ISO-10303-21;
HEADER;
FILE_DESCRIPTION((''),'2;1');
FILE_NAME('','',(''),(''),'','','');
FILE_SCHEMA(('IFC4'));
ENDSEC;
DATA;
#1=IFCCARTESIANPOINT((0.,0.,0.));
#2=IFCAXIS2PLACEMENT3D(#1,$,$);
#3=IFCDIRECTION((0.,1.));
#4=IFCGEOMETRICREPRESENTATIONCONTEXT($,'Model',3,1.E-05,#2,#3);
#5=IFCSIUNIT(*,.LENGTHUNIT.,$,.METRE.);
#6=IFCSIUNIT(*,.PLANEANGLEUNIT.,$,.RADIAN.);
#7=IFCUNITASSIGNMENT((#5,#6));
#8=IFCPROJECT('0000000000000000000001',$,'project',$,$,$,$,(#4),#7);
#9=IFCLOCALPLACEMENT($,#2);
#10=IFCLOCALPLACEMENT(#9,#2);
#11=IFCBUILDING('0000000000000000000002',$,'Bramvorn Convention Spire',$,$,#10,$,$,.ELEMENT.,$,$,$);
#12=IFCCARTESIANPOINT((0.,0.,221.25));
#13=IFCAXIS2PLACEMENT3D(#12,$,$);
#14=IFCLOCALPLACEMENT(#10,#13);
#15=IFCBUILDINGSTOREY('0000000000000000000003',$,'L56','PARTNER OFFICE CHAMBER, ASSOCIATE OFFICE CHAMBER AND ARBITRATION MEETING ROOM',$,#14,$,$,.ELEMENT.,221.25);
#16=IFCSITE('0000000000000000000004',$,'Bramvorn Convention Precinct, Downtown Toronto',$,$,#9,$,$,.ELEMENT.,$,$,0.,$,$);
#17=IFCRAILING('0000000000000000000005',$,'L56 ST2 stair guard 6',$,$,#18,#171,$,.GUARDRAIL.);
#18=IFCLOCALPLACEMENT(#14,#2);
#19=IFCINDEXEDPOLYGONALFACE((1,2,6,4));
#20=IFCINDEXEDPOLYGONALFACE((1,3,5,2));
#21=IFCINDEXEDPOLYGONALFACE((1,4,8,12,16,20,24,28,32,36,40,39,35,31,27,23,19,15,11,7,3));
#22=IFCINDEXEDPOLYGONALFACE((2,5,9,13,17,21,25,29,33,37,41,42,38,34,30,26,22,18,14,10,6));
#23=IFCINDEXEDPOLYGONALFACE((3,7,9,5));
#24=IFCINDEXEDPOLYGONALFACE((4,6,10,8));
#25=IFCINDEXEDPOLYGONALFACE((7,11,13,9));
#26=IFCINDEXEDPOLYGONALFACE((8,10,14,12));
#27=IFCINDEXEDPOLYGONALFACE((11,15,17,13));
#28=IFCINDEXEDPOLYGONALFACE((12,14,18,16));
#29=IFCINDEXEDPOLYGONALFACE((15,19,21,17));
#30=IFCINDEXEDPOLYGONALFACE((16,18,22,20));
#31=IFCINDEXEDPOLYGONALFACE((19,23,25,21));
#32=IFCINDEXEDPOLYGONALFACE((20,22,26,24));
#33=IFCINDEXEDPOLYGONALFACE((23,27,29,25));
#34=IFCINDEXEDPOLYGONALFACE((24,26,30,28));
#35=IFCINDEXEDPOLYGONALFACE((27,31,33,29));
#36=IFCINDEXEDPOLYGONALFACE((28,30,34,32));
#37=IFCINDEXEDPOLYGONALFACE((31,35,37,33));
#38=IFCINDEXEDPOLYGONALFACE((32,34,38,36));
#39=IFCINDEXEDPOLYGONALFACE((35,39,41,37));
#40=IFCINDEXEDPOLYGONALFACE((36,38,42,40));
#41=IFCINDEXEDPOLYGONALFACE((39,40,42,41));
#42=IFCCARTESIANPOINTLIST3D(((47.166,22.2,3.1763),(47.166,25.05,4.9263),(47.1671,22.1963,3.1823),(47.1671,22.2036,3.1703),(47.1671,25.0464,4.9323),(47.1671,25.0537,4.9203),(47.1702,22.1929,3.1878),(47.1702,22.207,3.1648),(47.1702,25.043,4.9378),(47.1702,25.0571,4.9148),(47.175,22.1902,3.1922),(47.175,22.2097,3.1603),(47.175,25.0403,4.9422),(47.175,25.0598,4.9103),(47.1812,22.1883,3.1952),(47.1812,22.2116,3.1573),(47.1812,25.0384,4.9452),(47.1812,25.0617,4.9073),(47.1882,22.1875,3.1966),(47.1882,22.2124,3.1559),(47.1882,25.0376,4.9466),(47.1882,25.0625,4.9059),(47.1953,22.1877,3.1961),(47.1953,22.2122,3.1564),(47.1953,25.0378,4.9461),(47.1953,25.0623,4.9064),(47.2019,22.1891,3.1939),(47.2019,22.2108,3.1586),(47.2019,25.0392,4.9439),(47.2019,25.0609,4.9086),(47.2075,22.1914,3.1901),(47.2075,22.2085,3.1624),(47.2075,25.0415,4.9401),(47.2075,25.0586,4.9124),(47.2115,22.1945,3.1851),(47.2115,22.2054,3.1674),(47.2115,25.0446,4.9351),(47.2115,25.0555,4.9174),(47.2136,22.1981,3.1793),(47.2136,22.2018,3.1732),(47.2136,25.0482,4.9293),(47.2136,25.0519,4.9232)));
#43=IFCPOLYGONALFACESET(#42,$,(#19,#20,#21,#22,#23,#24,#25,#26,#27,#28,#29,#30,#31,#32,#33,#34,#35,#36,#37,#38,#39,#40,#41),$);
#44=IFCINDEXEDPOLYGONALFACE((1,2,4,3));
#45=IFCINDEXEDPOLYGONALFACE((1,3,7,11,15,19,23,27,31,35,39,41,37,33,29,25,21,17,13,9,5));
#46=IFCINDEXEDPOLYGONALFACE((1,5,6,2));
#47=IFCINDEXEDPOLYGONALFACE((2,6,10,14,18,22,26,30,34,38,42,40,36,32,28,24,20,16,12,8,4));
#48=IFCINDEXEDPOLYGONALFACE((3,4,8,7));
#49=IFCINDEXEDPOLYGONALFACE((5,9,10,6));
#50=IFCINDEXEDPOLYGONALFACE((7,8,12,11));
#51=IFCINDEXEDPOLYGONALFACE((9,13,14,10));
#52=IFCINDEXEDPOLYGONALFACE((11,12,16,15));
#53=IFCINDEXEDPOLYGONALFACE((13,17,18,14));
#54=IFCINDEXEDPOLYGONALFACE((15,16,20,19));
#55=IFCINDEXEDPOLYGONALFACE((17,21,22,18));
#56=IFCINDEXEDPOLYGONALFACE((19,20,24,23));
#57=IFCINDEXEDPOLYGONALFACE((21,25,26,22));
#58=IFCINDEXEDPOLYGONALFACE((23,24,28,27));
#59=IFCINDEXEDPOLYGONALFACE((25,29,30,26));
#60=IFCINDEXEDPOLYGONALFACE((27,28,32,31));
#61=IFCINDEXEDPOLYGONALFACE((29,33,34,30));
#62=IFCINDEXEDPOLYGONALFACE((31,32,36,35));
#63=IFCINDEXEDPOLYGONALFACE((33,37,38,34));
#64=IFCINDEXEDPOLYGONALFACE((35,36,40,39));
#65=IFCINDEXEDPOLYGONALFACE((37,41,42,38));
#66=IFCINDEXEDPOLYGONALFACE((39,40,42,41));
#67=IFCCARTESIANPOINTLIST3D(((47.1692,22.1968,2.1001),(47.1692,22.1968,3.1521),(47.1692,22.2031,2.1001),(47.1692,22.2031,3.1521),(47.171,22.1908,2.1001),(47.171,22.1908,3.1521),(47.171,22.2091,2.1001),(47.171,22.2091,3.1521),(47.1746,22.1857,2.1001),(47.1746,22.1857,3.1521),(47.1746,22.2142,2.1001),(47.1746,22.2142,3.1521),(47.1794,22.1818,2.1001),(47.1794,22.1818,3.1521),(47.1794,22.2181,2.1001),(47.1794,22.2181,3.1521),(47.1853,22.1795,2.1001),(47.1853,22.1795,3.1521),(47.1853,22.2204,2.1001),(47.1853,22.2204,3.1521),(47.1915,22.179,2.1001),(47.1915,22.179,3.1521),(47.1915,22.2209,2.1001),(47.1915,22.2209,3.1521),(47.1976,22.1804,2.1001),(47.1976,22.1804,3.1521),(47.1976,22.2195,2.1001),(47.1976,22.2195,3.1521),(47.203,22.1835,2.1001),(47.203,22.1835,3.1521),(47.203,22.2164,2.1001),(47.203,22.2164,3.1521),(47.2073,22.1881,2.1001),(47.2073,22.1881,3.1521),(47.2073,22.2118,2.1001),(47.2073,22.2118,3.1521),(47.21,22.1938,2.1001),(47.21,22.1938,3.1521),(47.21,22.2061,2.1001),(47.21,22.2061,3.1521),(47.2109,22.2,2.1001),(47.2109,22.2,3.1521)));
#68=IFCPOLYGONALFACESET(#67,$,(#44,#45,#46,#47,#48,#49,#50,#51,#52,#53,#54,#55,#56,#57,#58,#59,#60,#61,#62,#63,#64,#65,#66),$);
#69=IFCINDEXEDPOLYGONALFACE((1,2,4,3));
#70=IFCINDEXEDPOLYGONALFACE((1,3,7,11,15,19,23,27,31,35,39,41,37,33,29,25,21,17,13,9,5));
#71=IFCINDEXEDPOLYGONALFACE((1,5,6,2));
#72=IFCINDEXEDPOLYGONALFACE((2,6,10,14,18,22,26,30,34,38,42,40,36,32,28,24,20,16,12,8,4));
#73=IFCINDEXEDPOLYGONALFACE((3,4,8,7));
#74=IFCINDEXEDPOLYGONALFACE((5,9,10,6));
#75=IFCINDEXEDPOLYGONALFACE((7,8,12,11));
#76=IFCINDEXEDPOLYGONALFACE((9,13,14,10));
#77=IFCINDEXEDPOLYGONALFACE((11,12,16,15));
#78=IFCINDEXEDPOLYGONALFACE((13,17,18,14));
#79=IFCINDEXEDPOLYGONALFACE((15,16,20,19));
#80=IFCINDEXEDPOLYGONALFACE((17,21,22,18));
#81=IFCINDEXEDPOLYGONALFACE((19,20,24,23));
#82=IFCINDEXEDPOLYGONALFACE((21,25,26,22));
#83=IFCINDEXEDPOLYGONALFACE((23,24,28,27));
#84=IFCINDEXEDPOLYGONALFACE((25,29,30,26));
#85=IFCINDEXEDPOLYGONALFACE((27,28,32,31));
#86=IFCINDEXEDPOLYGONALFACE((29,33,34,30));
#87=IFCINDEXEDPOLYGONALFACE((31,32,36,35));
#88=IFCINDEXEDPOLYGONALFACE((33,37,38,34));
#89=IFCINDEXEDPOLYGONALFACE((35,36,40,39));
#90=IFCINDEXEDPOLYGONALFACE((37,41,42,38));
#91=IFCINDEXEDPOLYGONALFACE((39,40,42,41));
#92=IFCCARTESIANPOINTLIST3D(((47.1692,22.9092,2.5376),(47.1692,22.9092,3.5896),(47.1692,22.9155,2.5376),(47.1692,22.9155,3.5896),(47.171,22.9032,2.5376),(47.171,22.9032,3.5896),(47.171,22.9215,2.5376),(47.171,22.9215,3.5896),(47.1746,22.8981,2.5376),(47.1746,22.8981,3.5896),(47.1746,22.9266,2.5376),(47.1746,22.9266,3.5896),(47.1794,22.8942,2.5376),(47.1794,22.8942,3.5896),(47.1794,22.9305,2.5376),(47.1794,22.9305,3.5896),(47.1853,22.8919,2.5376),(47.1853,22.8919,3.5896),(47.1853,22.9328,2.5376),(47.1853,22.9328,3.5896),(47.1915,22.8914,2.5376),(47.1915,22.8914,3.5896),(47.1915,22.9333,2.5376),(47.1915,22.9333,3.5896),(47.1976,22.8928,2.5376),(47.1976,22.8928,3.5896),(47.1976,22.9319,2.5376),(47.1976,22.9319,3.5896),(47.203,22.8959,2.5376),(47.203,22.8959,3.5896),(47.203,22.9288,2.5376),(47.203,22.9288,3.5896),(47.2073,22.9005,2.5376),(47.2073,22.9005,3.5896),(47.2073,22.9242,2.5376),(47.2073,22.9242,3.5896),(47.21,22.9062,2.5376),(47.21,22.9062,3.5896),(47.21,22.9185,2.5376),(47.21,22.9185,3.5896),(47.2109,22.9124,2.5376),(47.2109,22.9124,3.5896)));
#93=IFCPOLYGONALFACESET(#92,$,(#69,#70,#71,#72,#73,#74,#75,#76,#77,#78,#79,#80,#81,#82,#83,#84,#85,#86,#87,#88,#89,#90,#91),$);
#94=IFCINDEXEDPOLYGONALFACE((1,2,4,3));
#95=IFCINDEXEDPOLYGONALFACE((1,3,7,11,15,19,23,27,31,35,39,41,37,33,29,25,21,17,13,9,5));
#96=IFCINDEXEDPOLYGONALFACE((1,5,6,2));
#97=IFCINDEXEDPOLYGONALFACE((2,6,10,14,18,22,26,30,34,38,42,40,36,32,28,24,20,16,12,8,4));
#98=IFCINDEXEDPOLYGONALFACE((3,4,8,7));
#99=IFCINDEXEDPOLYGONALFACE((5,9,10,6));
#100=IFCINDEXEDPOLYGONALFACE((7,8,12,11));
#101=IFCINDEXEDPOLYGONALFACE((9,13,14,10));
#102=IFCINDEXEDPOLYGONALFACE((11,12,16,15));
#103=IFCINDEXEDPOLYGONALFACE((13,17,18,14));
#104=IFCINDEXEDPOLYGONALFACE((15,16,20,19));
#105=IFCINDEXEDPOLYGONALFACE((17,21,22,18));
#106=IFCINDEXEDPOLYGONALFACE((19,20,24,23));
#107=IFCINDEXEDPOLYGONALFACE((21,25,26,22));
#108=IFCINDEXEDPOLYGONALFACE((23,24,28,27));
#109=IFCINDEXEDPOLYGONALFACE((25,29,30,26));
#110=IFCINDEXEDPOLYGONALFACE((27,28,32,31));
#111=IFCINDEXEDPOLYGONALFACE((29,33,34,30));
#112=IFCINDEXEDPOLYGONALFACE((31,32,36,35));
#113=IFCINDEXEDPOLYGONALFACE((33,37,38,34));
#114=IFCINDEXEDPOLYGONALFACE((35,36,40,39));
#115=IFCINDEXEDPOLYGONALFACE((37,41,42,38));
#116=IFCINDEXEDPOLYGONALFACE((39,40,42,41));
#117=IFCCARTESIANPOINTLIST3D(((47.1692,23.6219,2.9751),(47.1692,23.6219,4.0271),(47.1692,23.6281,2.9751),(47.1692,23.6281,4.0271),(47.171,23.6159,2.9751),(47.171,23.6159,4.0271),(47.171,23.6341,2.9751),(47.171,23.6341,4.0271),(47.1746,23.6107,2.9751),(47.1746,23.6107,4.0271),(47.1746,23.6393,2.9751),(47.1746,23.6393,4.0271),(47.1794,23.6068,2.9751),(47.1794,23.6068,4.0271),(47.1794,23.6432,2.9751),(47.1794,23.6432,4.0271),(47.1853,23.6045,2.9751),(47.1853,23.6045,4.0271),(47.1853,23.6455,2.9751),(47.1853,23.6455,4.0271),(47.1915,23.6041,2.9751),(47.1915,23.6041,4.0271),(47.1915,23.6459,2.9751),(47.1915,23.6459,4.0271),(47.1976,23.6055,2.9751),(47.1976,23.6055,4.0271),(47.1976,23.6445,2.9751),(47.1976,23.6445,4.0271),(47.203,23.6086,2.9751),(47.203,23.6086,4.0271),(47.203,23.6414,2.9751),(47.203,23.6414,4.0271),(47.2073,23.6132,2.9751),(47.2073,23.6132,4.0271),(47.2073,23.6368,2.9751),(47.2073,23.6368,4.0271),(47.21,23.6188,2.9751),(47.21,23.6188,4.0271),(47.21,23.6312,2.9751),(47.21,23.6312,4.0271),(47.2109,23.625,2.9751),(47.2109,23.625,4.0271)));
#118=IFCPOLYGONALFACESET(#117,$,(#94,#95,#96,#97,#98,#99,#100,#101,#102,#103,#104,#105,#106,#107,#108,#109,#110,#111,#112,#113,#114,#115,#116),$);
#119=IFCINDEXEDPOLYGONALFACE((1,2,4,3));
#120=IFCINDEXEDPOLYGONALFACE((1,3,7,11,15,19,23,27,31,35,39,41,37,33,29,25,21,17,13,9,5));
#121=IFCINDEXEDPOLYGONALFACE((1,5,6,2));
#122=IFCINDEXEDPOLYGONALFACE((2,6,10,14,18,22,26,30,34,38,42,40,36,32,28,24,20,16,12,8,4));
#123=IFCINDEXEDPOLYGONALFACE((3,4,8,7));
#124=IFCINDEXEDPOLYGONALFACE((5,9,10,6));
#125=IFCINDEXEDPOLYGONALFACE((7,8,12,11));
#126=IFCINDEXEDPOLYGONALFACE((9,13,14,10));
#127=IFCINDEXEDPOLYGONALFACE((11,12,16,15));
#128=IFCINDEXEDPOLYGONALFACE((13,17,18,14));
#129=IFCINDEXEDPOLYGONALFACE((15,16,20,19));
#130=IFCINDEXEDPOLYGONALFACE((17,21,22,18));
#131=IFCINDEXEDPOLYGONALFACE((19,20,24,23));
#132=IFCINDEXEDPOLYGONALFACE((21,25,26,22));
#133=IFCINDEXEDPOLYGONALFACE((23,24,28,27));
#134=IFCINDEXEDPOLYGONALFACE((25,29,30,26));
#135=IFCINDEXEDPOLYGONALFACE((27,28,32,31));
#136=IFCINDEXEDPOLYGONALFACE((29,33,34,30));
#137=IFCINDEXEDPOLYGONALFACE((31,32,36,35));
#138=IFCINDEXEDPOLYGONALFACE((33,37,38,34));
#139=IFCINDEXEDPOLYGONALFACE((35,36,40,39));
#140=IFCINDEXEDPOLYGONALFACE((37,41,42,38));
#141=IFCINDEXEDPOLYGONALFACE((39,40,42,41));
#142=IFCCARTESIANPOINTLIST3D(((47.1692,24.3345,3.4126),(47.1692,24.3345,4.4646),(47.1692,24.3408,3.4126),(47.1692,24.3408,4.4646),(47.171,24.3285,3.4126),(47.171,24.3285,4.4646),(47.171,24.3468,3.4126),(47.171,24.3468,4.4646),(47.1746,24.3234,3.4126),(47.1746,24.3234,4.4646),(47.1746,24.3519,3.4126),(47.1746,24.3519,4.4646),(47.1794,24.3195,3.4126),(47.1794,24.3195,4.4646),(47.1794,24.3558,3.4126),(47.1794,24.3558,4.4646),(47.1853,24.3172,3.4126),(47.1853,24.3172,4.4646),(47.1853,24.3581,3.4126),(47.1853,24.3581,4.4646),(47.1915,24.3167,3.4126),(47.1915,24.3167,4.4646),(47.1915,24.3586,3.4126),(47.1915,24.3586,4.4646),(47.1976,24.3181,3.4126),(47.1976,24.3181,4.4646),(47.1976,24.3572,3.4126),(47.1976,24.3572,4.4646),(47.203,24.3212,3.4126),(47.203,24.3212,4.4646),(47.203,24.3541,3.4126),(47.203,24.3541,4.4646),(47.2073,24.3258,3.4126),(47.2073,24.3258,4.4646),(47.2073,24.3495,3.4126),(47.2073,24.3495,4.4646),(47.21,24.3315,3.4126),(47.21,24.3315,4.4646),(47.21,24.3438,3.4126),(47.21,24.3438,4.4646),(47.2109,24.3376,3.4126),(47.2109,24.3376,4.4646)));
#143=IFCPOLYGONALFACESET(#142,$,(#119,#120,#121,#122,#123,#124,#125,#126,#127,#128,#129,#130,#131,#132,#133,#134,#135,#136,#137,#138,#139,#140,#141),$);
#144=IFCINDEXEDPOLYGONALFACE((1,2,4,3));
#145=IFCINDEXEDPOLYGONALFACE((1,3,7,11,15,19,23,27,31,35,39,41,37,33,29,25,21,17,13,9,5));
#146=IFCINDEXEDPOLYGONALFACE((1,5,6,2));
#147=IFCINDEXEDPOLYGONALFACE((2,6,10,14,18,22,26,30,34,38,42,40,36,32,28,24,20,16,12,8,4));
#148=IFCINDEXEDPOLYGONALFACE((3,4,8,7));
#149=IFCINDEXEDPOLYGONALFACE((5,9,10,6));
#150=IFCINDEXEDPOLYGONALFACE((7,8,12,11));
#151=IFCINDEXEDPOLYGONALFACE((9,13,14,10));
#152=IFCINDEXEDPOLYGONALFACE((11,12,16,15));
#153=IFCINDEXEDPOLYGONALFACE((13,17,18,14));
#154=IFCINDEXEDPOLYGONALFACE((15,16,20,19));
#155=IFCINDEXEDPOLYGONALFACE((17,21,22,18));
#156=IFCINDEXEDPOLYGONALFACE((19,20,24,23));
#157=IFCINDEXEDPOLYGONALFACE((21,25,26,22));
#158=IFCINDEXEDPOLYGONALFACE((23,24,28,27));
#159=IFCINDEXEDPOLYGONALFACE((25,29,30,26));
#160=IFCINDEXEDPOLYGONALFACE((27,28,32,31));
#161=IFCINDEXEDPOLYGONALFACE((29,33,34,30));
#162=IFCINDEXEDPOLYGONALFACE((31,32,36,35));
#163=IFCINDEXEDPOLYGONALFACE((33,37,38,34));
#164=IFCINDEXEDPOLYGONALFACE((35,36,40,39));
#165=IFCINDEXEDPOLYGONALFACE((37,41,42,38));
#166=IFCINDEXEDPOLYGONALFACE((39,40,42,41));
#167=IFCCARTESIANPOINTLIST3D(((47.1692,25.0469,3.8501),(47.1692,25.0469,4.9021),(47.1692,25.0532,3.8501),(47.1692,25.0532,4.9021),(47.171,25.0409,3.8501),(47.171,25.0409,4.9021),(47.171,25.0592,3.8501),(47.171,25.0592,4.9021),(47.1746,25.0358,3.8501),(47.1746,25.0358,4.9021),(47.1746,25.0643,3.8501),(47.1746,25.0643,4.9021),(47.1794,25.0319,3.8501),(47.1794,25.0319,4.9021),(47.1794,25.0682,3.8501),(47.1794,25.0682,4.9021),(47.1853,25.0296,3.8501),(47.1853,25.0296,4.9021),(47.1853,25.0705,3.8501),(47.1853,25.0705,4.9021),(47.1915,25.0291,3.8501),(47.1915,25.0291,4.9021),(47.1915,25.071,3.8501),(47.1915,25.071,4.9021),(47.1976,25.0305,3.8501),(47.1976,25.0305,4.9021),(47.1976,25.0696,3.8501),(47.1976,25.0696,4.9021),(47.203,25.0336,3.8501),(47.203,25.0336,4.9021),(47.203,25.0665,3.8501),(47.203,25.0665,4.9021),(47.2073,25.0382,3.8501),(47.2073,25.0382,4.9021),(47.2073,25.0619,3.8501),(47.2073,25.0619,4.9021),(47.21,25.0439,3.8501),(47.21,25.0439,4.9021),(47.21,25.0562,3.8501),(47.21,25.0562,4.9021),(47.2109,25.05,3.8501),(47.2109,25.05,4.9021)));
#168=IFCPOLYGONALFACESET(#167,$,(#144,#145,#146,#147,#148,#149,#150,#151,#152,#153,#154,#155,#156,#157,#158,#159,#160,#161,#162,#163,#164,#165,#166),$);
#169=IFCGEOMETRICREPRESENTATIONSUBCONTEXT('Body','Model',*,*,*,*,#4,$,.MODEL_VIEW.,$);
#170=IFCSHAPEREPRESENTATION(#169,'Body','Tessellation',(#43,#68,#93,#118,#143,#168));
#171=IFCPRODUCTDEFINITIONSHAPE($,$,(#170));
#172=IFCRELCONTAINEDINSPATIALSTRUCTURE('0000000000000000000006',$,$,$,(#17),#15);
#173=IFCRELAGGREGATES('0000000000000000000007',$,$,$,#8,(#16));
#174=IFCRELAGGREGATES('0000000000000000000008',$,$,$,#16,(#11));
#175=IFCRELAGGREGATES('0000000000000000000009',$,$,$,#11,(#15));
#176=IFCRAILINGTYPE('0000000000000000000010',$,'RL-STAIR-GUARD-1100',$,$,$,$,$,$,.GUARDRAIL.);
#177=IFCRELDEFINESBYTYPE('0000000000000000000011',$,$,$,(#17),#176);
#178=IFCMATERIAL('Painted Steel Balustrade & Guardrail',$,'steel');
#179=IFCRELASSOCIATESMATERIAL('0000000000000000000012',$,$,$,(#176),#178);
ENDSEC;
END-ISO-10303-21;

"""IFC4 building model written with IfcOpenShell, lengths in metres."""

from ifc_helpers import new_model, si_unit, direction, frame, origin, origin_2d, place, context, subcontext, project, spatial, circle, extrude, material, type_object, element, save


model = new_model("IFC4")

# Units and contexts
model_context = context("Model", 3, precision=1e-05, world=origin(), true_north=direction((0.0, 1.0)))
body_context = subcontext(model_context, "Body", "Model", "MODEL_VIEW")
ifc_project = project(units=[si_unit("LENGTHUNIT", "METRE"), si_unit("PLANEANGLEUNIT", "RADIAN")], contexts=[model_context])

# Site, building, storey
site_placement = place(None, origin())
site = spatial("IfcSite", under=ifc_project, at=site_placement, Name="Bramvorn Convention Precinct, Downtown Toronto", CompositionType="ELEMENT", RefElevation=0.0)
building_placement = place(site_placement, origin())
building = spatial("IfcBuilding", under=site, at=building_placement, Name="Bramvorn Convention Spire", CompositionType="ELEMENT")
storey_placement = place(building_placement, frame((0.0, 0.0, 221.25)))
storey = spatial("IfcBuildingStorey", under=building, at=storey_placement, Name="L56", Description="PARTNER OFFICE CHAMBER, ASSOCIATE OFFICE CHAMBER AND ARBITRATION MEETING ROOM", CompositionType="ELEMENT", Elevation=221.25)

# Railing
ifc_material_1 = material(Name="Painted Steel Balustrade & Guardrail", Category="steel")
railing_type = type_object("IfcRailingType", Name="RL-STAIR-GUARD-1100", PredefinedType="GUARDRAIL", material=ifc_material_1)
railing_1_placement = place(storey_placement, frame((47.1899, 22.2, 2.1001)))
element("IfcRailing", 1, at=railing_1_placement, inside=storey, type_object=railing_type, Name="L56 ST2 stair guard 6", PredefinedType="GUARDRAIL", context=body_context, shape_type="SweptSolid", body=[
    extrude(circle(Radius=0.0239, at=origin_2d()), frame((0.0, 0.0, 1.0762), z_axis=(0.0, 0.852179, 0.52325), x_axis=(-1.0, 0.0, 0.0)), (0.0, 0.0, 1.0), 3.3445),
    extrude(circle(Radius=0.021, at=origin_2d()), origin(), (0.0, 0.0, 1.0), 1.052),
    extrude(circle(Radius=0.021, at=origin_2d()), frame((0.0, 0.7124, 0.4375)), (0.0, 0.0, 1.0), 1.052),
    extrude(circle(Radius=0.021, at=origin_2d()), frame((0.0, 1.425, 0.875)), (0.0, 0.0, 1.0), 1.052),
    extrude(circle(Radius=0.021, at=origin_2d()), frame((0.0, 2.1377, 1.3125)), (0.0, 0.0, 1.0), 1.052),
    extrude(circle(Radius=0.021, at=origin_2d()), frame((0.0, 2.8501, 1.75)), (0.0, 0.0, 1.0), 1.052),
])

save(model, "model.ifc")
